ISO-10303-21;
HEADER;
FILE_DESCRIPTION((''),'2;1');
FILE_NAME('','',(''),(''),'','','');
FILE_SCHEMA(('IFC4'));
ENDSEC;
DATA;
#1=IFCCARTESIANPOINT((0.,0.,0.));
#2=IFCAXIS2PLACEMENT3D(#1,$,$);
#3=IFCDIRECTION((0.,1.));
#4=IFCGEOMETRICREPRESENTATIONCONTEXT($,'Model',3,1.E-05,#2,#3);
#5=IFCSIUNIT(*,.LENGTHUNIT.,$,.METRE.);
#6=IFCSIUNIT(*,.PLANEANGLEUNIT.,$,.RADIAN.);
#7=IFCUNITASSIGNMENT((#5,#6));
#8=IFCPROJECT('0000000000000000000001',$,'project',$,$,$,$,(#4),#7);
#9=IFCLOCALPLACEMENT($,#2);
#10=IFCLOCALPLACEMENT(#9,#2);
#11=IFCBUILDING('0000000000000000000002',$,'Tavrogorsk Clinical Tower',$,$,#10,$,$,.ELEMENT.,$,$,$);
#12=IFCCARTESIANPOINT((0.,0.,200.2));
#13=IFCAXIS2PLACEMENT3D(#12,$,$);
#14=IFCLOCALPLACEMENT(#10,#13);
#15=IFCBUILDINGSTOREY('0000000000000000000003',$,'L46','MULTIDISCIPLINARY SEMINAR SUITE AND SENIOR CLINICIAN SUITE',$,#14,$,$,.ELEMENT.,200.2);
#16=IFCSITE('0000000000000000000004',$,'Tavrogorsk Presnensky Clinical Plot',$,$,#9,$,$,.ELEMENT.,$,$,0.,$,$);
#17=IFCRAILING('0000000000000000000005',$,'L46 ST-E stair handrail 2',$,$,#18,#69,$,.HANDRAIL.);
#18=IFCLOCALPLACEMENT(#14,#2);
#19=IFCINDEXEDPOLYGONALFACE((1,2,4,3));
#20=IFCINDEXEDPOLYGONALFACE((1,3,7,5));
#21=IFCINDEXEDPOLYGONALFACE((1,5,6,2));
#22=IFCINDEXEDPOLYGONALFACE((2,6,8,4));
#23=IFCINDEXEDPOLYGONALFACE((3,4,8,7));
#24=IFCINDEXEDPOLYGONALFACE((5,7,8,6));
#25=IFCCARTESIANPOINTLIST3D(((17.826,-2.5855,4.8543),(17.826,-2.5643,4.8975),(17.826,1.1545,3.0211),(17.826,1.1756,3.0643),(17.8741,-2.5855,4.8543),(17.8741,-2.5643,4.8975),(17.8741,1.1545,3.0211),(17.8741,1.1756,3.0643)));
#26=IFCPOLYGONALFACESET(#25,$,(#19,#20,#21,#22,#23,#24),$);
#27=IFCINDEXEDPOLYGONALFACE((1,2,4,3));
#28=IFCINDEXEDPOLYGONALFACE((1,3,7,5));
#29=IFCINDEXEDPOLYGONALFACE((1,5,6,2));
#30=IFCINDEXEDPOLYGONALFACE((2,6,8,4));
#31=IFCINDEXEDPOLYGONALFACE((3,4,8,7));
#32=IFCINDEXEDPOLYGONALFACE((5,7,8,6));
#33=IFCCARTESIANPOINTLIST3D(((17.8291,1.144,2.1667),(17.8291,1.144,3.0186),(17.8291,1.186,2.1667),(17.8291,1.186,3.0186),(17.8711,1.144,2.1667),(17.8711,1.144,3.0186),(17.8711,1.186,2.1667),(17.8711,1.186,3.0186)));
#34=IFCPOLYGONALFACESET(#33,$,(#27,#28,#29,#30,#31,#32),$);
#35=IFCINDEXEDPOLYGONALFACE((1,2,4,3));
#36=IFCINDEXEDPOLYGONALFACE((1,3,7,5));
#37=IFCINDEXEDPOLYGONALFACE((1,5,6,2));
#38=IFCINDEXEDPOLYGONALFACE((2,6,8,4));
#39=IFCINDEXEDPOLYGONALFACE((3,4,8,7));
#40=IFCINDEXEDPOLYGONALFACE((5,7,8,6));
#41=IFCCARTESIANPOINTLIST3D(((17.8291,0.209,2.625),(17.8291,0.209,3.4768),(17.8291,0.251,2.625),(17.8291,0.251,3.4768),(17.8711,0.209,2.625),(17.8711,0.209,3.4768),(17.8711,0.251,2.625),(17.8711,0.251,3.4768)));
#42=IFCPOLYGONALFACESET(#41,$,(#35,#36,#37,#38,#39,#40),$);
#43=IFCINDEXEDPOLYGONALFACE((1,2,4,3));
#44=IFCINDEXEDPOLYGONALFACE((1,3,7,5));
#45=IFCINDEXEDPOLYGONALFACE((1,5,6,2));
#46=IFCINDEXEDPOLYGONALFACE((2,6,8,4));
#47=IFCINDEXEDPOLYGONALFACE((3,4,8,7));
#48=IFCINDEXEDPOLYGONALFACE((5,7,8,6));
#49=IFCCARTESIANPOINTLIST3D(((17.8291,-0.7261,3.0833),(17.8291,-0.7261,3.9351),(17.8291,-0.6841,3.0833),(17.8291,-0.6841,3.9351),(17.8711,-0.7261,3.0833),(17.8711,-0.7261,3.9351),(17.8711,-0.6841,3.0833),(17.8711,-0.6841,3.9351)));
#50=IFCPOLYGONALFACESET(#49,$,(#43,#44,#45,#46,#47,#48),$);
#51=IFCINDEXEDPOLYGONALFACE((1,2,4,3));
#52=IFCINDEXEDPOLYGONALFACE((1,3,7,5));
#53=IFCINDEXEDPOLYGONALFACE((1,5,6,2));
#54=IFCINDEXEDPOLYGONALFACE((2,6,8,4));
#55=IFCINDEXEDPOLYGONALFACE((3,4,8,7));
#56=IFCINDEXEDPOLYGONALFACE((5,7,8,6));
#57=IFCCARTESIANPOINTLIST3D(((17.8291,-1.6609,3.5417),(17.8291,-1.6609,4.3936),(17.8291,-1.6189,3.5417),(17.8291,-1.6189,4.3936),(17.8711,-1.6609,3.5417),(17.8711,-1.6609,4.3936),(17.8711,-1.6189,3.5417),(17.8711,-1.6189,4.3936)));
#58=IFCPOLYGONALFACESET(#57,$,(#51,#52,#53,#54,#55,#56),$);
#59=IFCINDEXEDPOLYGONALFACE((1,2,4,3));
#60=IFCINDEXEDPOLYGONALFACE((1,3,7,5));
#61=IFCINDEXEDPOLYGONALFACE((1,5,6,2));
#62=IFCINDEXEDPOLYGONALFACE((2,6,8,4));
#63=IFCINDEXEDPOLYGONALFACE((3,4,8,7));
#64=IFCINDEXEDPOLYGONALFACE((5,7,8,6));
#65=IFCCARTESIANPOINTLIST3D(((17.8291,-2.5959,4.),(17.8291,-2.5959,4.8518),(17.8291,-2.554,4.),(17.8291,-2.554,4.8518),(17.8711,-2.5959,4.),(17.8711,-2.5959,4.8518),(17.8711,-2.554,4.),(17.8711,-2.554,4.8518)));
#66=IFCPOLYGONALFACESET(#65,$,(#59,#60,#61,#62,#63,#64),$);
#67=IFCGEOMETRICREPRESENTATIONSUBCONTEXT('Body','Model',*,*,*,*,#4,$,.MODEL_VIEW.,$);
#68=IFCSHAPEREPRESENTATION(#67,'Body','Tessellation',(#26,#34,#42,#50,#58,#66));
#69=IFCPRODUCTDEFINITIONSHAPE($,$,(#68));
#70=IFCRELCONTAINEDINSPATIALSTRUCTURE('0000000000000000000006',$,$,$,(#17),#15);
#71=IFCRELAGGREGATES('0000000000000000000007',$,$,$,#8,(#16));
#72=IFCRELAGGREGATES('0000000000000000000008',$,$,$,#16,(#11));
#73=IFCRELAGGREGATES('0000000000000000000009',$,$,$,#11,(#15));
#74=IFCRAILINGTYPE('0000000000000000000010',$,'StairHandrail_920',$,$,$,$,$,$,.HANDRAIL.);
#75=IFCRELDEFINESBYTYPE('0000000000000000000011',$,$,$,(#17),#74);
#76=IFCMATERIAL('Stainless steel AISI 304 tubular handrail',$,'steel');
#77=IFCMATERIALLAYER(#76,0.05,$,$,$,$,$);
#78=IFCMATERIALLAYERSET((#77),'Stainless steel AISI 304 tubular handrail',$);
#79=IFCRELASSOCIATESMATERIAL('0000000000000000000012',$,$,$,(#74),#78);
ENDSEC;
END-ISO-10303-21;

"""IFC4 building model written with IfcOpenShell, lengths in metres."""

from ifc_helpers import new_model, si_unit, direction, frame, origin, origin_2d, place, context, subcontext, project, spatial, rectangle, extrude, material, layer, layer_set, type_object, element, save


model = new_model("IFC4")

# Units and contexts
model_context = context("Model", 3, precision=1e-05, world=origin(), true_north=direction((0.0, 1.0)))
body_context = subcontext(model_context, "Body", "Model", "MODEL_VIEW")
ifc_project = project(units=[si_unit("LENGTHUNIT", "METRE"), si_unit("PLANEANGLEUNIT", "RADIAN")], contexts=[model_context])

# Site, building, storey
site_placement = place(None, origin())
site = spatial("IfcSite", under=ifc_project, at=site_placement, Name="Tavrogorsk Presnensky Clinical Plot", CompositionType="ELEMENT", RefElevation=0.0)
building_placement = place(site_placement, origin())
building = spatial("IfcBuilding", under=site, at=building_placement, Name="Tavrogorsk Clinical Tower", CompositionType="ELEMENT")
storey_placement = place(building_placement, frame((0.0, 0.0, 200.2)))
storey = spatial("IfcBuildingStorey", under=building, at=storey_placement, Name="L46", Description="MULTIDISCIPLINARY SEMINAR SUITE AND SENIOR CLINICIAN SUITE", CompositionType="ELEMENT", Elevation=200.2)

# Railing
ifc_material_1 = material(Name="Stainless steel AISI 304 tubular handrail", Category="steel")
ifc_layer_1 = layer(ifc_material_1, 0.05)
ifc_layer_set_1 = layer_set([ifc_layer_1], Name="Stainless steel AISI 304 tubular handrail")
railing_type = type_object("IfcRailingType", Name="StairHandrail_920", PredefinedType="HANDRAIL", material=ifc_layer_set_1)
railing_placement = place(storey_placement, frame((17.8501, 1.165, 2.1667)))
element("IfcRailing", 1, at=railing_placement, inside=storey, type_object=railing_type, Name="L46 ST-E stair handrail 2", PredefinedType="HANDRAIL", context=body_context, shape_type="SweptSolid", body=[
    extrude(rectangle(XDim=0.0481, YDim=0.0481, at=origin_2d()), frame((0.0, 0.0, 0.876), z_axis=(0.0, -0.897928, 0.440142), x_axis=(1.0, 0.0, 0.0)), (0.0, 0.0, 1.0), 4.165),
    extrude(rectangle(XDim=0.042, YDim=0.042, at=origin_2d()), origin(), (0.0, 0.0, 1.0), 0.8518),
    extrude(rectangle(XDim=0.042, YDim=0.042, at=origin_2d()), frame((0.0, -0.9351, 0.4583)), (0.0, 0.0, 1.0), 0.8518),
    extrude(rectangle(XDim=0.042, YDim=0.042, at=origin_2d()), frame((0.0, -1.8701, 0.9165)), (0.0, 0.0, 1.0), 0.8518),
    extrude(rectangle(XDim=0.042, YDim=0.042, at=origin_2d()), frame((0.0, -2.8049, 1.375)), (0.0, 0.0, 1.0), 0.8518),
    extrude(rectangle(XDim=0.042, YDim=0.042, at=origin_2d()), frame((0.0, -3.74, 1.8333)), (0.0, 0.0, 1.0), 0.8518),
])

save(model, "model.ifc")
